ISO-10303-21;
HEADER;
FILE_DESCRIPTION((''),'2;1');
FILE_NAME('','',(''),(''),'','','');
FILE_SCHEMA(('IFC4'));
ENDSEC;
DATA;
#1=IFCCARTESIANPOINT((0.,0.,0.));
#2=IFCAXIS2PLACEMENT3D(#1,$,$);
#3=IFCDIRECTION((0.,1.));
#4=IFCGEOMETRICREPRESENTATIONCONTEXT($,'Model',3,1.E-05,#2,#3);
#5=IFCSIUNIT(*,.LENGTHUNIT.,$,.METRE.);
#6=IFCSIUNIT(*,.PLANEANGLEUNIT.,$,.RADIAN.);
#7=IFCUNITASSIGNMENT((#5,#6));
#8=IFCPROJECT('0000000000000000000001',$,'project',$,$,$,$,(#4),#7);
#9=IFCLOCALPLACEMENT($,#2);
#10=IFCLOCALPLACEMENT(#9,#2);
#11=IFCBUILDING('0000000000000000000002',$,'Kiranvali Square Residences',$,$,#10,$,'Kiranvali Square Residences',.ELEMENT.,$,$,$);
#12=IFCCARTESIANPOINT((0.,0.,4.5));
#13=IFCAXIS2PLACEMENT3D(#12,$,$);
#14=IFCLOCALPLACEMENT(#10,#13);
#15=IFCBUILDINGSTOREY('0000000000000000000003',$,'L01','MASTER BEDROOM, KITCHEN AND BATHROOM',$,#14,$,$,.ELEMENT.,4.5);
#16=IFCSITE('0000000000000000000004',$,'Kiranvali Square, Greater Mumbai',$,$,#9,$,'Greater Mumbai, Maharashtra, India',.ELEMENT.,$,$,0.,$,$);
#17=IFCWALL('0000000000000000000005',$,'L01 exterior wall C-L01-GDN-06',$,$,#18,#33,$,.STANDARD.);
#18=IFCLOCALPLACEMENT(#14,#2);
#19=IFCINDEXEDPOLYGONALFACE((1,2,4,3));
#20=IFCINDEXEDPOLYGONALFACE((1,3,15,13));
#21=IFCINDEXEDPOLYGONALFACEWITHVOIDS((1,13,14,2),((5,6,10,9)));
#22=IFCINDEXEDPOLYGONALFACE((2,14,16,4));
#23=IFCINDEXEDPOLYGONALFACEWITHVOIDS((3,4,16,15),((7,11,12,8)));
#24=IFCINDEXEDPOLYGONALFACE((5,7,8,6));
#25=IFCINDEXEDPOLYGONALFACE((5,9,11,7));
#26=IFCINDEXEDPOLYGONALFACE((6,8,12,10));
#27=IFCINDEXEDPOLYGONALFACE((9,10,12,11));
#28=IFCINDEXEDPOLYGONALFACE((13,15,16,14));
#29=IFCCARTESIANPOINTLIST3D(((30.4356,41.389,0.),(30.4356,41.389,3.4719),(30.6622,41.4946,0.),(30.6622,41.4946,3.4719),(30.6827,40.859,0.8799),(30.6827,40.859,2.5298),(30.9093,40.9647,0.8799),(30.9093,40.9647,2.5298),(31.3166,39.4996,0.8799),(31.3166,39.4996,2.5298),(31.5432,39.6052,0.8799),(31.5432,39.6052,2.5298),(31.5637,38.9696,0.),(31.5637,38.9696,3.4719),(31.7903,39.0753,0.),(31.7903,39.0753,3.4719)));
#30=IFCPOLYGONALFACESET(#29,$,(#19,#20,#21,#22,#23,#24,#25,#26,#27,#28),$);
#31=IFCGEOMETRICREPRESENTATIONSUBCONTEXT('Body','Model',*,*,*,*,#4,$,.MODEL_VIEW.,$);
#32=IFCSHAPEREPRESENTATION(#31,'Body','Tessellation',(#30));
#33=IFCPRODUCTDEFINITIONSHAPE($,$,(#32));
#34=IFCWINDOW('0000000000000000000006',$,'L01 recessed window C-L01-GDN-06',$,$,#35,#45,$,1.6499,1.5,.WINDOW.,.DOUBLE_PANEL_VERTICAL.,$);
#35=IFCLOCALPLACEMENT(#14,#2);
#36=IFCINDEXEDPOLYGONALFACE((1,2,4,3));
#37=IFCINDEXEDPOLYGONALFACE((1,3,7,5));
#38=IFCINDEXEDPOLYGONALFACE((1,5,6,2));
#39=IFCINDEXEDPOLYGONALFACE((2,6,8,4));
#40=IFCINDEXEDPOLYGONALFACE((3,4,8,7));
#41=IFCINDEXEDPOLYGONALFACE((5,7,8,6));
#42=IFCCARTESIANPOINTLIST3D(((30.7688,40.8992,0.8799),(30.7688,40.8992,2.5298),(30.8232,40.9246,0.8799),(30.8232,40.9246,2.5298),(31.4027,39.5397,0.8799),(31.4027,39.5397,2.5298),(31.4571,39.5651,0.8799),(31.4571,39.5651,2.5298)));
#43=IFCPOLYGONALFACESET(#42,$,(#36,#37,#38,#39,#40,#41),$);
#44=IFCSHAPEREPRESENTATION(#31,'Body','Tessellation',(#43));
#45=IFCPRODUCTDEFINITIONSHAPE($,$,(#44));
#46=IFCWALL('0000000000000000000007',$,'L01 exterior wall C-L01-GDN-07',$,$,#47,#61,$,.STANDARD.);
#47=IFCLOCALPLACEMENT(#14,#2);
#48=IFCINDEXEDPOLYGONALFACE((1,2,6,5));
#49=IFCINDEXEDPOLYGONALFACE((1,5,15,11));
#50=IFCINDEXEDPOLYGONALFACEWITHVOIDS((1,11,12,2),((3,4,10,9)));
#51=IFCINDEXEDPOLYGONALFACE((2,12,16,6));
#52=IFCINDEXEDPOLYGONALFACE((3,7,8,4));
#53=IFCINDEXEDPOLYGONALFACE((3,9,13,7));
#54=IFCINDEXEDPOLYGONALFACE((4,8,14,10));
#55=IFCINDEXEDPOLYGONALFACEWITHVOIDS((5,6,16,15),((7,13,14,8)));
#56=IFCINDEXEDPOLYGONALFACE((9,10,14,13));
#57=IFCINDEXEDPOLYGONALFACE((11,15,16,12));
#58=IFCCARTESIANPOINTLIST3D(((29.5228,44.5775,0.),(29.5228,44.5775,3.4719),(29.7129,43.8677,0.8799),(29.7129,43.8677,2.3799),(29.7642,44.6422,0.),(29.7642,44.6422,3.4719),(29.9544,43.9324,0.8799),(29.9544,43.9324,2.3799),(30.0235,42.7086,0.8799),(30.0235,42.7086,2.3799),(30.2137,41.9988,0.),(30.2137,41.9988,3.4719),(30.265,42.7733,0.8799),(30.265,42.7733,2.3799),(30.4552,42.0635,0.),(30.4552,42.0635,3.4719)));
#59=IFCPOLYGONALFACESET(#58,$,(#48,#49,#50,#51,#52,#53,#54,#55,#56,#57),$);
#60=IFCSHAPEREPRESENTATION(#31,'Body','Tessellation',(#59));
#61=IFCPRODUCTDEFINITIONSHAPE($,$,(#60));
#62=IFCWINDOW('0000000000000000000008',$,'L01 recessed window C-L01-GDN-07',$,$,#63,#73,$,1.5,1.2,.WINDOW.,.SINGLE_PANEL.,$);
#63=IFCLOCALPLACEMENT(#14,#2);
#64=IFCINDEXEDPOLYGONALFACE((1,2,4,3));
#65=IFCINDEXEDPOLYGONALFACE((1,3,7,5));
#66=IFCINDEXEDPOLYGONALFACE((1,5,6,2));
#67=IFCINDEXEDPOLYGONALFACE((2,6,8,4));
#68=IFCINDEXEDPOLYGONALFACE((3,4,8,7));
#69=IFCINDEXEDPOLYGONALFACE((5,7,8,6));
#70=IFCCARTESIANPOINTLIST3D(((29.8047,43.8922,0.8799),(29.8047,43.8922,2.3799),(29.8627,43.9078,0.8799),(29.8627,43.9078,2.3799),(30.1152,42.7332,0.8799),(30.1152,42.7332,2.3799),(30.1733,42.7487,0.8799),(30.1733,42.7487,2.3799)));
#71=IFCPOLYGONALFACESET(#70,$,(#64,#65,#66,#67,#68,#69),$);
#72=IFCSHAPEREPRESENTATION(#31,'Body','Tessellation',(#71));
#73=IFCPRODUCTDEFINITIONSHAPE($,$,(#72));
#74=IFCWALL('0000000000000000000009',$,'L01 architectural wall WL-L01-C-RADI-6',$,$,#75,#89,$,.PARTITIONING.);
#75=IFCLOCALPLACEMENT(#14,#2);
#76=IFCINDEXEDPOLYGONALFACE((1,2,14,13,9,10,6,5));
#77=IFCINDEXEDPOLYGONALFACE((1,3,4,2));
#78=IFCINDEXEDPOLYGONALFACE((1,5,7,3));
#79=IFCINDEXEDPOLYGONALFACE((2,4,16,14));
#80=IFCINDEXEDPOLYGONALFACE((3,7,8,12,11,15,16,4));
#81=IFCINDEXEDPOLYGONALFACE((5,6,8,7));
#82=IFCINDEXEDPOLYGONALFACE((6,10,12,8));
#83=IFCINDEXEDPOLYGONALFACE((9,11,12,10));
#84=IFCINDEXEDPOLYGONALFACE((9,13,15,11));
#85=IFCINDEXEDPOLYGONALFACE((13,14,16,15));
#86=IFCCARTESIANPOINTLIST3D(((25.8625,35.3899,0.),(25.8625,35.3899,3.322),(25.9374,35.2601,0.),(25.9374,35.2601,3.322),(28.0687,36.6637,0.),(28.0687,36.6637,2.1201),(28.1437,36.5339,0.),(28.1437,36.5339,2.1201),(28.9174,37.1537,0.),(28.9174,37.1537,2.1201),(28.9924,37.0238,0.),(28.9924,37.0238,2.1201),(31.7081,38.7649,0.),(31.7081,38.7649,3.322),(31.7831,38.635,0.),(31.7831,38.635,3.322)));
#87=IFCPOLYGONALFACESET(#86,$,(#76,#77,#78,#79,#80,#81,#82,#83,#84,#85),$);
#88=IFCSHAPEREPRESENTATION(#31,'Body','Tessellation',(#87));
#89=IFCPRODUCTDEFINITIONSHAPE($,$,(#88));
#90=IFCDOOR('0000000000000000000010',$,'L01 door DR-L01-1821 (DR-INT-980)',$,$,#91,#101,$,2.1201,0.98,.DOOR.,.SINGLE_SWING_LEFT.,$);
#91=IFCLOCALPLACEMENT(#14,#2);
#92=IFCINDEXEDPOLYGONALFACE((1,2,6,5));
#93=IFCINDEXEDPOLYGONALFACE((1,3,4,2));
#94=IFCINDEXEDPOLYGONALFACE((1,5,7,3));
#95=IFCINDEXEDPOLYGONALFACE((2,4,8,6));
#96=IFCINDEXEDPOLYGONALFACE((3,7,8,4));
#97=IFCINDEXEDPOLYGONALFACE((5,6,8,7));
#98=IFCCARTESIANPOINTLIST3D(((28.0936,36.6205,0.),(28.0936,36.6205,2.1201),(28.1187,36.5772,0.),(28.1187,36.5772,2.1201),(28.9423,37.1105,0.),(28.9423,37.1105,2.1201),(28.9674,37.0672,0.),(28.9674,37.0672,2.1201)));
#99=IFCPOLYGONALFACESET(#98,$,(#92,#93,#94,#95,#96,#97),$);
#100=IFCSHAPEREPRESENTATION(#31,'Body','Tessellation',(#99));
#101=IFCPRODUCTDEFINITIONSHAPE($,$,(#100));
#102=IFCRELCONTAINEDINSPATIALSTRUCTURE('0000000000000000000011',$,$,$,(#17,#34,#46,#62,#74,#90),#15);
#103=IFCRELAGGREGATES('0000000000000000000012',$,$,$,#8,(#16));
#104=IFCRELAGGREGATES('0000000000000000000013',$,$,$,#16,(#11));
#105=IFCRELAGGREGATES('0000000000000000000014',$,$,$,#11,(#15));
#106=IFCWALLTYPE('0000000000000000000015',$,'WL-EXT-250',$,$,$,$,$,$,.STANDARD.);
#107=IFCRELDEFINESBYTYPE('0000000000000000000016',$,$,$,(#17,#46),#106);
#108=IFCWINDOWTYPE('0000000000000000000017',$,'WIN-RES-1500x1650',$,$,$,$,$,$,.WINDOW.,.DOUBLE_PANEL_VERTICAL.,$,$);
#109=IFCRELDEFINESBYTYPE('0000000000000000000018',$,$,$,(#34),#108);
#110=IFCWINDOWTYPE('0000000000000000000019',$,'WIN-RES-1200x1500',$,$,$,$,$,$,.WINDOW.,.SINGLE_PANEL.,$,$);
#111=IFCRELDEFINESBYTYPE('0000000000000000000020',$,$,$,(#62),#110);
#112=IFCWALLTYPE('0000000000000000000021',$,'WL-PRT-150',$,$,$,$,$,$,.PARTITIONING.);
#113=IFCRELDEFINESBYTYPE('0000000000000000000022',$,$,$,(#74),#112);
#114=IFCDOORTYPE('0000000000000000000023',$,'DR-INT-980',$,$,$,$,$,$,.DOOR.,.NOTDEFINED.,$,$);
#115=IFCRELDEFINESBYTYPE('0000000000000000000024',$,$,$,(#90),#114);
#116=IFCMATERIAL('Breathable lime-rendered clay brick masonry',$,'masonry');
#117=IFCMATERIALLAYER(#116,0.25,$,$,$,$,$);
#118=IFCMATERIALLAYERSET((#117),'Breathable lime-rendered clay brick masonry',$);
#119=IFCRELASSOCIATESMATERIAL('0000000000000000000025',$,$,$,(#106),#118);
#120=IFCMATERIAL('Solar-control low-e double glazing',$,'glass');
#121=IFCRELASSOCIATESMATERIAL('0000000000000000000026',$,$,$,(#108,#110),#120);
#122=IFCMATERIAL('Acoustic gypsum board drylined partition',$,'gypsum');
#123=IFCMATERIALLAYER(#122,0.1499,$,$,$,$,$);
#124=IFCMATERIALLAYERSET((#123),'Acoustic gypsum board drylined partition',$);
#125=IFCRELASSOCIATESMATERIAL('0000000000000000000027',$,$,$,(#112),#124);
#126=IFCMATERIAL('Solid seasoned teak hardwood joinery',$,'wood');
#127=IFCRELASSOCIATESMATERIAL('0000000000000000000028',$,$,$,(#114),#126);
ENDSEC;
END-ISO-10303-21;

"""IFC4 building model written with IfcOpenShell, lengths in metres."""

from ifc_helpers import new_model, si_unit, direction, frame, frame_2d, origin, place, context, subcontext, project, spatial, rectangle, extrude, material, layer, layer_set, type_object, element, fill, save


model = new_model("IFC4")

# Units and contexts
model_context = context("Model", 3, precision=1e-05, world=origin(), true_north=direction((0.0, 1.0)))
body_context = subcontext(model_context, "Body", "Model", "MODEL_VIEW")
ifc_project = project(units=[si_unit("LENGTHUNIT", "METRE"), si_unit("PLANEANGLEUNIT", "RADIAN")], contexts=[model_context])

# Site, building, storey
site_placement = place(None, origin())
site = spatial("IfcSite", under=ifc_project, at=site_placement, Name="Kiranvali Square, Greater Mumbai", LongName="Greater Mumbai, Maharashtra, India", CompositionType="ELEMENT", RefElevation=0.0)
building_placement = place(site_placement, origin())
building = spatial("IfcBuilding", under=site, at=building_placement, Name="Kiranvali Square Residences", LongName="Kiranvali Square Residences", CompositionType="ELEMENT")
storey_placement = place(building_placement, frame((0.0, 0.0, 4.5)))
storey = spatial("IfcBuildingStorey", under=building, at=storey_placement, Name="L01", Description="MASTER BEDROOM, KITCHEN AND BATHROOM", CompositionType="ELEMENT", Elevation=4.5)

# Walls, openings, windows
ifc_material_1 = material(Name="Breathable lime-rendered clay brick masonry", Category="masonry")
ifc_layer_1 = layer(ifc_material_1, 0.25)
ifc_layer_set_1 = layer_set([ifc_layer_1], Name="Breathable lime-rendered clay brick masonry")
wall_type_1 = type_object("IfcWallType", Name="WL-EXT-250", PredefinedType="STANDARD", material=ifc_layer_set_1)
wall_1_placement = place(storey_placement, frame((31.677, 39.0225, 0.0), z_axis=(0.0, 0.0, 1.0), x_axis=(-0.42261, 0.906312, 0.0)))
wall_1 = element("IfcWall", 1, at=wall_1_placement, inside=storey, type_object=wall_type_1, Name="L01 exterior wall C-L01-GDN-06", PredefinedType="STANDARD", context=body_context, shape_type="SweptSolid", body=[
    extrude(rectangle(XDim=2.6694, YDim=0.25, at=frame_2d((1.3347, 0.0))), origin(), (0.0, 0.0, 1.0), 3.4719),
])
opening_1_placement = place(wall_1_placement, frame((0.5847, 0.0, 0.8799)))
opening_1 = element("IfcOpeningElement", 2, at=opening_1_placement, cuts=wall_1, PredefinedType="OPENING", context=body_context, shape_type="SweptSolid", body=[
    extrude(rectangle(XDim=1.5, YDim=1.6499, at=frame_2d((0.75, 0.825))), frame((0.0, 0.135, 0.0), z_axis=(0.0, -1.0, 0.0), x_axis=(1.0, 0.0, 0.0)), (0.0, 0.0, 1.0), 0.27),
])
ifc_material_2 = material(Name="Solar-control low-e double glazing", Category="glass")
window_type_1 = type_object("IfcWindowType", Name="WIN-RES-1500x1650", PartitioningType="DOUBLE_PANEL_VERTICAL", PredefinedType="WINDOW", material=ifc_material_2)
window_1_placement = place(opening_1_placement, origin())
window_1 = element("IfcWindow", 3, at=window_1_placement, inside=storey, type_object=window_type_1, Name="L01 recessed window C-L01-GDN-06", OverallHeight=1.6499, OverallWidth=1.5, PartitioningType="DOUBLE_PANEL_VERTICAL", PredefinedType="WINDOW", context=body_context, shape_type="SweptSolid", body=[
    extrude(rectangle(XDim=1.5, YDim=1.6499, at=frame_2d((0.75, 0.825))), frame((0.0, 0.03, 0.0), z_axis=(0.0, -1.0, 0.0), x_axis=(1.0, 0.0, 0.0)), (0.0, 0.0, 1.0), 0.0601),
])
fill(opening_1, window_1)
wall_2_placement = place(storey_placement, frame((30.3345, 42.031, 0.0), z_axis=(0.0, 0.0, 1.0), x_axis=(-0.258812, 0.965928, 0.0)))
wall_2 = element("IfcWall", 4, at=wall_2_placement, inside=storey, type_object=wall_type_1, Name="L01 exterior wall C-L01-GDN-07", PredefinedType="STANDARD", context=body_context, shape_type="SweptSolid", body=[
    extrude(rectangle(XDim=2.6697, YDim=0.25, at=frame_2d((1.335, 0.0))), origin(), (0.0, 0.0, 1.0), 3.4719),
])
opening_2_placement = place(wall_2_placement, frame((0.7349, 0.0, 0.8799)))
opening_2 = element("IfcOpeningElement", 5, at=opening_2_placement, cuts=wall_2, PredefinedType="OPENING", context=body_context, shape_type="SweptSolid", body=[
    extrude(rectangle(XDim=1.2, YDim=1.5, at=frame_2d((0.6001, 0.75))), frame((0.0, 0.135, 0.0), z_axis=(0.0, -1.0, 0.0), x_axis=(1.0, 0.0, 0.0)), (0.0, 0.0, 1.0), 0.27),
])
window_type_2 = type_object("IfcWindowType", Name="WIN-RES-1200x1500", PartitioningType="SINGLE_PANEL", PredefinedType="WINDOW", material=ifc_material_2)
window_2_placement = place(opening_2_placement, origin())
window_2 = element("IfcWindow", 6, at=window_2_placement, inside=storey, type_object=window_type_2, Name="L01 recessed window C-L01-GDN-07", OverallHeight=1.5, OverallWidth=1.2, PartitioningType="SINGLE_PANEL", PredefinedType="WINDOW", context=body_context, shape_type="SweptSolid", body=[
    extrude(rectangle(XDim=1.2, YDim=1.5, at=frame_2d((0.6001, 0.75))), frame((0.0, 0.03, 0.0), z_axis=(0.0, -1.0, 0.0), x_axis=(1.0, 0.0, 0.0)), (0.0, 0.0, 1.0), 0.0601),
])
fill(opening_2, window_2)

# Wall, opening, door
ifc_material_3 = material(Name="Acoustic gypsum board drylined partition", Category="gypsum")
ifc_layer_2 = layer(ifc_material_3, 0.1499)
ifc_layer_set_2 = layer_set([ifc_layer_2], Name="Acoustic gypsum board drylined partition")
wall_type_2 = type_object("IfcWallType", Name="WL-PRT-150", PredefinedType="PARTITIONING", material=ifc_layer_set_2)
wall_3_placement = place(storey_placement, frame((31.7456, 38.7, 0.0), z_axis=(0.0, 0.0, 1.0), x_axis=(-0.866027, -0.499998, 0.0)))
wall_3 = element("IfcWall", 7, at=wall_3_placement, inside=storey, type_object=wall_type_2, Name="L01 architectural wall WL-L01-C-RADI-6", PredefinedType="PARTITIONING", context=body_context, shape_type="SweptSolid", body=[
    extrude(rectangle(XDim=6.75, YDim=0.1499, at=frame_2d((3.375, 0.0))), origin(), (0.0, 0.0, 1.0), 3.322),
])
opening_3_placement = place(wall_3_placement, frame((3.2224, 0.0, 0.0)))
opening_3 = element("IfcOpeningElement", 8, at=opening_3_placement, cuts=wall_3, PredefinedType="OPENING", context=body_context, shape_type="SweptSolid", body=[
    extrude(rectangle(XDim=0.98, YDim=2.1201, at=frame_2d((0.49, 1.0601))), frame((0.0, 0.085, 0.0), z_axis=(0.0, -1.0, 0.0), x_axis=(1.0, 0.0, 0.0)), (0.0, 0.0, 1.0), 0.1699),
])
ifc_material_4 = material(Name="Solid seasoned teak hardwood joinery", Category="wood")
door_type = type_object("IfcDoorType", Name="DR-INT-980", OperationType="NOTDEFINED", PredefinedType="DOOR", material=ifc_material_4)
door_placement = place(opening_3_placement, origin())
door = element("IfcDoor", 9, at=door_placement, inside=storey, type_object=door_type, Name="L01 door DR-L01-1821 (DR-INT-980)", OperationType="SINGLE_SWING_LEFT", OverallHeight=2.1201, OverallWidth=0.98, PredefinedType="DOOR", context=body_context, shape_type="SweptSolid", body=[
    extrude(rectangle(XDim=0.98, YDim=2.1201, at=frame_2d((0.49, 1.0601))), frame((0.0, 0.0249, 0.0), z_axis=(0.0, -1.0, 0.0), x_axis=(1.0, 0.0, 0.0)), (0.0, 0.0, 1.0), 0.05),
])
fill(opening_3, door)

save(model, "model.ifc")
